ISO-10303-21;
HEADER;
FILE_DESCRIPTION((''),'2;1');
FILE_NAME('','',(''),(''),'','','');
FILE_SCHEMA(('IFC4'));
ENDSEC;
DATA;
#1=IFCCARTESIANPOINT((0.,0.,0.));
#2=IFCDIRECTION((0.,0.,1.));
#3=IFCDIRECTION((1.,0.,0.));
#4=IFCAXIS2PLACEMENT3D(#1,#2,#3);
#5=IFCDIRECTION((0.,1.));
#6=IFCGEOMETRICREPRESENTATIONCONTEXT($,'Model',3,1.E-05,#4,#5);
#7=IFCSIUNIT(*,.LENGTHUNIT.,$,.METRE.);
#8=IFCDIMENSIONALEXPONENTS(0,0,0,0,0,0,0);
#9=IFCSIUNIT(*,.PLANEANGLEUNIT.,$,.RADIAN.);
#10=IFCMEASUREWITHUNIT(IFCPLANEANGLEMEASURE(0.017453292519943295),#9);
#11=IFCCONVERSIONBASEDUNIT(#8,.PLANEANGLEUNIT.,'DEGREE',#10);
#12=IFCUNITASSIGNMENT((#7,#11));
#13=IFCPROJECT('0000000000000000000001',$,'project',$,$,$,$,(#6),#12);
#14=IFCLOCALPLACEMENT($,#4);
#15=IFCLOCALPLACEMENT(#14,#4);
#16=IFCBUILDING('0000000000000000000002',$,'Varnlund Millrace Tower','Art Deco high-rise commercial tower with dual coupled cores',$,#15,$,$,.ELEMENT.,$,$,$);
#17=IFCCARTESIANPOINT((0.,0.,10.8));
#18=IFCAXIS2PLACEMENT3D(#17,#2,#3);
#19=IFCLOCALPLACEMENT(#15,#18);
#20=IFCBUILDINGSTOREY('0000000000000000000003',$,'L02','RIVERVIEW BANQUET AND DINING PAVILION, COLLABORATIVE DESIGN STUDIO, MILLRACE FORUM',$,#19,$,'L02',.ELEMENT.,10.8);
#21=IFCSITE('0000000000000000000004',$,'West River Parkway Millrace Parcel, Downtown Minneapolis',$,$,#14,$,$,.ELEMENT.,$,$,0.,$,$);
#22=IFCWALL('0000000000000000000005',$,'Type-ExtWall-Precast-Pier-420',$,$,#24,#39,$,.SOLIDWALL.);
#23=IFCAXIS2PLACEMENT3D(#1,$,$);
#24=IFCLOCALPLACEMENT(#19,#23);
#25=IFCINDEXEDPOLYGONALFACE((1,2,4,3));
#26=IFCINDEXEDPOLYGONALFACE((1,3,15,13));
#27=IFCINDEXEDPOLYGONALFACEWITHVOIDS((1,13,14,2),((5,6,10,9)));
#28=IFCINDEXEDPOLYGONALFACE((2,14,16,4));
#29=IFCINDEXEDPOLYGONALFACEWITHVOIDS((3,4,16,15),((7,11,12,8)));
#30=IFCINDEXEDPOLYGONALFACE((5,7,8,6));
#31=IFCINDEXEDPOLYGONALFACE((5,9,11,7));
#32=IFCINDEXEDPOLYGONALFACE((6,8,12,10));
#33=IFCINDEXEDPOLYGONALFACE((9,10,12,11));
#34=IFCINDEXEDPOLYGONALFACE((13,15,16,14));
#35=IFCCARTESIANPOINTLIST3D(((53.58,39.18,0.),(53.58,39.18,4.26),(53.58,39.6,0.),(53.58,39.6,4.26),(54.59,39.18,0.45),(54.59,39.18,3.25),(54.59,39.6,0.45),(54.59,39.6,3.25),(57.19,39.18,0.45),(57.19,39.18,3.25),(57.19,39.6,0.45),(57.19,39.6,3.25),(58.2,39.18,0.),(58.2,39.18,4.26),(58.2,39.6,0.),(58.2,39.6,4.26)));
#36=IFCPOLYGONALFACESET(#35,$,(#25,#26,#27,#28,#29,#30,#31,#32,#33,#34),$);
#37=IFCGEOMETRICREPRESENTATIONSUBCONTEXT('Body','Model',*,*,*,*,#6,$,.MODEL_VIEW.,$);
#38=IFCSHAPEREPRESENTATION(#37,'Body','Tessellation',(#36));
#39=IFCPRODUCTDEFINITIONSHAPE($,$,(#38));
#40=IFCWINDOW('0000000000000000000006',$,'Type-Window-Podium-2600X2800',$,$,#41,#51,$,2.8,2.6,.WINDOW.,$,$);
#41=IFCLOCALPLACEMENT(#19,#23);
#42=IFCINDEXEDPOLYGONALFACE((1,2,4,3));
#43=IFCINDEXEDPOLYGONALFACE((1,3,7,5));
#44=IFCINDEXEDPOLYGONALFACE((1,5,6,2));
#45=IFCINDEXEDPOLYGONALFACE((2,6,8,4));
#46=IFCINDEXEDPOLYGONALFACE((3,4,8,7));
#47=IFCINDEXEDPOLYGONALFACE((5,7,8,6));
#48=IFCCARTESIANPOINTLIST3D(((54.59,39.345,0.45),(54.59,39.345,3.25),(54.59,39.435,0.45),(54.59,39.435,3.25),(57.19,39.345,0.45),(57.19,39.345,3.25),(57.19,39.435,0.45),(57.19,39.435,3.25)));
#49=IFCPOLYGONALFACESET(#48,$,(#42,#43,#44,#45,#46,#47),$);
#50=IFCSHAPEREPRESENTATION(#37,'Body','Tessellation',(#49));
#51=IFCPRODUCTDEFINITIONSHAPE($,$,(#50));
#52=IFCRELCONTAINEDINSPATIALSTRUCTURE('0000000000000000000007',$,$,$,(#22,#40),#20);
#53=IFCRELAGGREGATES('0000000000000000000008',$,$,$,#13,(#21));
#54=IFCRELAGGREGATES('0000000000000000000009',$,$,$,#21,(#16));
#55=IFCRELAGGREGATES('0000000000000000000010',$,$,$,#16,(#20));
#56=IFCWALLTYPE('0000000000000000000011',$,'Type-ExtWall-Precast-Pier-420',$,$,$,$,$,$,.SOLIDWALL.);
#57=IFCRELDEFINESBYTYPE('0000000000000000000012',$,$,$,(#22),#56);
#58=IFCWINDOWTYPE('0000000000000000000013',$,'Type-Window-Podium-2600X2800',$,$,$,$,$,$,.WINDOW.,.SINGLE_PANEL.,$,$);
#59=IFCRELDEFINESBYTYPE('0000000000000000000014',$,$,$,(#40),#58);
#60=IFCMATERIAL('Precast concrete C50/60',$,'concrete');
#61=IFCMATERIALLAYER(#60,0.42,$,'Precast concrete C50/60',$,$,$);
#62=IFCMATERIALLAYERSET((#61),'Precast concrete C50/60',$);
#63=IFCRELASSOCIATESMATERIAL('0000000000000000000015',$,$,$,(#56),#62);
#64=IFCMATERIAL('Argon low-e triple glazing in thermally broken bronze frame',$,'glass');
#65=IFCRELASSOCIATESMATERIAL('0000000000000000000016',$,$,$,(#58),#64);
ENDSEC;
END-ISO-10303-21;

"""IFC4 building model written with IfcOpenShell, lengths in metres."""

from ifc_helpers import new_model, entity, si_unit, converted_unit, direction, frame, origin_with_axes, origin_2d_with_axis, place, context, subcontext, project, spatial, polyline, rectangle, outline, extrude, material, layer, layer_set, type_object, element, fill, save


model = new_model("IFC4")

# Units and contexts
model_context = context("Model", 3, precision=1e-05, world=origin_with_axes(), true_north=direction((0.0, 1.0)))
body_context = subcontext(model_context, "Body", "Model", "MODEL_VIEW")
ifc_project = project(units=[si_unit("LENGTHUNIT", "METRE"), converted_unit("PLANEANGLEUNIT", "DEGREE", entity("IfcPlaneAngleMeasure", 0.017453292519943295), si_unit("PLANEANGLEUNIT", "RADIAN"), dimensions=[0, 0, 0, 0, 0, 0, 0])], contexts=[model_context])

# Site, building, storey
site_placement = place(None, origin_with_axes())
site = spatial("IfcSite", under=ifc_project, at=site_placement, Name="West River Parkway Millrace Parcel, Downtown Minneapolis", CompositionType="ELEMENT", RefElevation=0.0)
building_placement = place(site_placement, origin_with_axes())
building = spatial("IfcBuilding", under=site, at=building_placement, Name="Varnlund Millrace Tower", Description="Art Deco high-rise commercial tower with dual coupled cores", CompositionType="ELEMENT")
storey_placement = place(building_placement, frame((0.0, 0.0, 10.8), z_axis=(0.0, 0.0, 1.0), x_axis=(1.0, 0.0, 0.0)))
storey = spatial("IfcBuildingStorey", under=building, at=storey_placement, Name="L02", Description="RIVERVIEW BANQUET AND DINING PAVILION, COLLABORATIVE DESIGN STUDIO, MILLRACE FORUM", LongName="L02", CompositionType="ELEMENT", Elevation=10.8)

# Shared definitions
ifc_material_1 = material(Name="Precast concrete C50/60", Category="concrete")
ifc_layer_1 = layer(ifc_material_1, 0.42, Name="Precast concrete C50/60")
ifc_layer_set_1 = layer_set([ifc_layer_1], Name="Precast concrete C50/60")
wall_type = type_object("IfcWallType", Name="Type-ExtWall-Precast-Pier-420", PredefinedType="SOLIDWALL", material=ifc_layer_set_1)

# Wall, opening, window
wall_1_placement = place(storey_placement, frame((53.58, 39.39, 0.0), z_axis=(0.0, 0.0, 1.0), x_axis=(1.0, 0.0, 0.0)))
wall_1 = element("IfcWall", 1, at=wall_1_placement, inside=storey, type_object=wall_type, Name="Type-ExtWall-Precast-Pier-420", PredefinedType="SOLIDWALL", context=body_context, shape_type="SweptSolid", body=[
    extrude(outline(polyline([(0.0, -0.21), (4.62, -0.21), (4.62, 0.21), (0.0, 0.21), (0.0, -0.21)])), origin_with_axes(), (0.0, 0.0, 1.0), 4.26),
])
opening_placement = place(wall_1_placement, frame((2.31, 0.0, 0.45), z_axis=(0.0, 0.0, 1.0), x_axis=(1.0, 0.0, 0.0)))
opening = element("IfcOpeningElement", 2, at=opening_placement, cuts=wall_1, PredefinedType="OPENING", context=body_context, shape_type="SweptSolid", body=[
    extrude(rectangle(XDim=2.6, YDim=0.44, at=origin_2d_with_axis()), origin_with_axes(), (0.0, 0.0, 1.0), 2.8),
])
ifc_material_2 = material(Name="Argon low-e triple glazing in thermally broken bronze frame", Category="glass")
window_type = type_object("IfcWindowType", Name="Type-Window-Podium-2600X2800", PartitioningType="SINGLE_PANEL", PredefinedType="WINDOW", material=ifc_material_2)
window_placement = place(wall_1_placement, frame((2.31, 0.0, 0.45), z_axis=(0.0, 0.0, 1.0), x_axis=(1.0, 0.0, 0.0)))
window = element("IfcWindow", 3, at=window_placement, inside=storey, type_object=window_type, Name="Type-Window-Podium-2600X2800", OverallHeight=2.8, OverallWidth=2.6, PredefinedType="WINDOW", context=body_context, shape_type="SweptSolid", body=[
    extrude(rectangle(XDim=2.6, YDim=0.09, at=origin_2d_with_axis()), origin_with_axes(), (0.0, 0.0, 1.0), 2.8),
])
fill(opening, window)

save(model, "model.ifc")
